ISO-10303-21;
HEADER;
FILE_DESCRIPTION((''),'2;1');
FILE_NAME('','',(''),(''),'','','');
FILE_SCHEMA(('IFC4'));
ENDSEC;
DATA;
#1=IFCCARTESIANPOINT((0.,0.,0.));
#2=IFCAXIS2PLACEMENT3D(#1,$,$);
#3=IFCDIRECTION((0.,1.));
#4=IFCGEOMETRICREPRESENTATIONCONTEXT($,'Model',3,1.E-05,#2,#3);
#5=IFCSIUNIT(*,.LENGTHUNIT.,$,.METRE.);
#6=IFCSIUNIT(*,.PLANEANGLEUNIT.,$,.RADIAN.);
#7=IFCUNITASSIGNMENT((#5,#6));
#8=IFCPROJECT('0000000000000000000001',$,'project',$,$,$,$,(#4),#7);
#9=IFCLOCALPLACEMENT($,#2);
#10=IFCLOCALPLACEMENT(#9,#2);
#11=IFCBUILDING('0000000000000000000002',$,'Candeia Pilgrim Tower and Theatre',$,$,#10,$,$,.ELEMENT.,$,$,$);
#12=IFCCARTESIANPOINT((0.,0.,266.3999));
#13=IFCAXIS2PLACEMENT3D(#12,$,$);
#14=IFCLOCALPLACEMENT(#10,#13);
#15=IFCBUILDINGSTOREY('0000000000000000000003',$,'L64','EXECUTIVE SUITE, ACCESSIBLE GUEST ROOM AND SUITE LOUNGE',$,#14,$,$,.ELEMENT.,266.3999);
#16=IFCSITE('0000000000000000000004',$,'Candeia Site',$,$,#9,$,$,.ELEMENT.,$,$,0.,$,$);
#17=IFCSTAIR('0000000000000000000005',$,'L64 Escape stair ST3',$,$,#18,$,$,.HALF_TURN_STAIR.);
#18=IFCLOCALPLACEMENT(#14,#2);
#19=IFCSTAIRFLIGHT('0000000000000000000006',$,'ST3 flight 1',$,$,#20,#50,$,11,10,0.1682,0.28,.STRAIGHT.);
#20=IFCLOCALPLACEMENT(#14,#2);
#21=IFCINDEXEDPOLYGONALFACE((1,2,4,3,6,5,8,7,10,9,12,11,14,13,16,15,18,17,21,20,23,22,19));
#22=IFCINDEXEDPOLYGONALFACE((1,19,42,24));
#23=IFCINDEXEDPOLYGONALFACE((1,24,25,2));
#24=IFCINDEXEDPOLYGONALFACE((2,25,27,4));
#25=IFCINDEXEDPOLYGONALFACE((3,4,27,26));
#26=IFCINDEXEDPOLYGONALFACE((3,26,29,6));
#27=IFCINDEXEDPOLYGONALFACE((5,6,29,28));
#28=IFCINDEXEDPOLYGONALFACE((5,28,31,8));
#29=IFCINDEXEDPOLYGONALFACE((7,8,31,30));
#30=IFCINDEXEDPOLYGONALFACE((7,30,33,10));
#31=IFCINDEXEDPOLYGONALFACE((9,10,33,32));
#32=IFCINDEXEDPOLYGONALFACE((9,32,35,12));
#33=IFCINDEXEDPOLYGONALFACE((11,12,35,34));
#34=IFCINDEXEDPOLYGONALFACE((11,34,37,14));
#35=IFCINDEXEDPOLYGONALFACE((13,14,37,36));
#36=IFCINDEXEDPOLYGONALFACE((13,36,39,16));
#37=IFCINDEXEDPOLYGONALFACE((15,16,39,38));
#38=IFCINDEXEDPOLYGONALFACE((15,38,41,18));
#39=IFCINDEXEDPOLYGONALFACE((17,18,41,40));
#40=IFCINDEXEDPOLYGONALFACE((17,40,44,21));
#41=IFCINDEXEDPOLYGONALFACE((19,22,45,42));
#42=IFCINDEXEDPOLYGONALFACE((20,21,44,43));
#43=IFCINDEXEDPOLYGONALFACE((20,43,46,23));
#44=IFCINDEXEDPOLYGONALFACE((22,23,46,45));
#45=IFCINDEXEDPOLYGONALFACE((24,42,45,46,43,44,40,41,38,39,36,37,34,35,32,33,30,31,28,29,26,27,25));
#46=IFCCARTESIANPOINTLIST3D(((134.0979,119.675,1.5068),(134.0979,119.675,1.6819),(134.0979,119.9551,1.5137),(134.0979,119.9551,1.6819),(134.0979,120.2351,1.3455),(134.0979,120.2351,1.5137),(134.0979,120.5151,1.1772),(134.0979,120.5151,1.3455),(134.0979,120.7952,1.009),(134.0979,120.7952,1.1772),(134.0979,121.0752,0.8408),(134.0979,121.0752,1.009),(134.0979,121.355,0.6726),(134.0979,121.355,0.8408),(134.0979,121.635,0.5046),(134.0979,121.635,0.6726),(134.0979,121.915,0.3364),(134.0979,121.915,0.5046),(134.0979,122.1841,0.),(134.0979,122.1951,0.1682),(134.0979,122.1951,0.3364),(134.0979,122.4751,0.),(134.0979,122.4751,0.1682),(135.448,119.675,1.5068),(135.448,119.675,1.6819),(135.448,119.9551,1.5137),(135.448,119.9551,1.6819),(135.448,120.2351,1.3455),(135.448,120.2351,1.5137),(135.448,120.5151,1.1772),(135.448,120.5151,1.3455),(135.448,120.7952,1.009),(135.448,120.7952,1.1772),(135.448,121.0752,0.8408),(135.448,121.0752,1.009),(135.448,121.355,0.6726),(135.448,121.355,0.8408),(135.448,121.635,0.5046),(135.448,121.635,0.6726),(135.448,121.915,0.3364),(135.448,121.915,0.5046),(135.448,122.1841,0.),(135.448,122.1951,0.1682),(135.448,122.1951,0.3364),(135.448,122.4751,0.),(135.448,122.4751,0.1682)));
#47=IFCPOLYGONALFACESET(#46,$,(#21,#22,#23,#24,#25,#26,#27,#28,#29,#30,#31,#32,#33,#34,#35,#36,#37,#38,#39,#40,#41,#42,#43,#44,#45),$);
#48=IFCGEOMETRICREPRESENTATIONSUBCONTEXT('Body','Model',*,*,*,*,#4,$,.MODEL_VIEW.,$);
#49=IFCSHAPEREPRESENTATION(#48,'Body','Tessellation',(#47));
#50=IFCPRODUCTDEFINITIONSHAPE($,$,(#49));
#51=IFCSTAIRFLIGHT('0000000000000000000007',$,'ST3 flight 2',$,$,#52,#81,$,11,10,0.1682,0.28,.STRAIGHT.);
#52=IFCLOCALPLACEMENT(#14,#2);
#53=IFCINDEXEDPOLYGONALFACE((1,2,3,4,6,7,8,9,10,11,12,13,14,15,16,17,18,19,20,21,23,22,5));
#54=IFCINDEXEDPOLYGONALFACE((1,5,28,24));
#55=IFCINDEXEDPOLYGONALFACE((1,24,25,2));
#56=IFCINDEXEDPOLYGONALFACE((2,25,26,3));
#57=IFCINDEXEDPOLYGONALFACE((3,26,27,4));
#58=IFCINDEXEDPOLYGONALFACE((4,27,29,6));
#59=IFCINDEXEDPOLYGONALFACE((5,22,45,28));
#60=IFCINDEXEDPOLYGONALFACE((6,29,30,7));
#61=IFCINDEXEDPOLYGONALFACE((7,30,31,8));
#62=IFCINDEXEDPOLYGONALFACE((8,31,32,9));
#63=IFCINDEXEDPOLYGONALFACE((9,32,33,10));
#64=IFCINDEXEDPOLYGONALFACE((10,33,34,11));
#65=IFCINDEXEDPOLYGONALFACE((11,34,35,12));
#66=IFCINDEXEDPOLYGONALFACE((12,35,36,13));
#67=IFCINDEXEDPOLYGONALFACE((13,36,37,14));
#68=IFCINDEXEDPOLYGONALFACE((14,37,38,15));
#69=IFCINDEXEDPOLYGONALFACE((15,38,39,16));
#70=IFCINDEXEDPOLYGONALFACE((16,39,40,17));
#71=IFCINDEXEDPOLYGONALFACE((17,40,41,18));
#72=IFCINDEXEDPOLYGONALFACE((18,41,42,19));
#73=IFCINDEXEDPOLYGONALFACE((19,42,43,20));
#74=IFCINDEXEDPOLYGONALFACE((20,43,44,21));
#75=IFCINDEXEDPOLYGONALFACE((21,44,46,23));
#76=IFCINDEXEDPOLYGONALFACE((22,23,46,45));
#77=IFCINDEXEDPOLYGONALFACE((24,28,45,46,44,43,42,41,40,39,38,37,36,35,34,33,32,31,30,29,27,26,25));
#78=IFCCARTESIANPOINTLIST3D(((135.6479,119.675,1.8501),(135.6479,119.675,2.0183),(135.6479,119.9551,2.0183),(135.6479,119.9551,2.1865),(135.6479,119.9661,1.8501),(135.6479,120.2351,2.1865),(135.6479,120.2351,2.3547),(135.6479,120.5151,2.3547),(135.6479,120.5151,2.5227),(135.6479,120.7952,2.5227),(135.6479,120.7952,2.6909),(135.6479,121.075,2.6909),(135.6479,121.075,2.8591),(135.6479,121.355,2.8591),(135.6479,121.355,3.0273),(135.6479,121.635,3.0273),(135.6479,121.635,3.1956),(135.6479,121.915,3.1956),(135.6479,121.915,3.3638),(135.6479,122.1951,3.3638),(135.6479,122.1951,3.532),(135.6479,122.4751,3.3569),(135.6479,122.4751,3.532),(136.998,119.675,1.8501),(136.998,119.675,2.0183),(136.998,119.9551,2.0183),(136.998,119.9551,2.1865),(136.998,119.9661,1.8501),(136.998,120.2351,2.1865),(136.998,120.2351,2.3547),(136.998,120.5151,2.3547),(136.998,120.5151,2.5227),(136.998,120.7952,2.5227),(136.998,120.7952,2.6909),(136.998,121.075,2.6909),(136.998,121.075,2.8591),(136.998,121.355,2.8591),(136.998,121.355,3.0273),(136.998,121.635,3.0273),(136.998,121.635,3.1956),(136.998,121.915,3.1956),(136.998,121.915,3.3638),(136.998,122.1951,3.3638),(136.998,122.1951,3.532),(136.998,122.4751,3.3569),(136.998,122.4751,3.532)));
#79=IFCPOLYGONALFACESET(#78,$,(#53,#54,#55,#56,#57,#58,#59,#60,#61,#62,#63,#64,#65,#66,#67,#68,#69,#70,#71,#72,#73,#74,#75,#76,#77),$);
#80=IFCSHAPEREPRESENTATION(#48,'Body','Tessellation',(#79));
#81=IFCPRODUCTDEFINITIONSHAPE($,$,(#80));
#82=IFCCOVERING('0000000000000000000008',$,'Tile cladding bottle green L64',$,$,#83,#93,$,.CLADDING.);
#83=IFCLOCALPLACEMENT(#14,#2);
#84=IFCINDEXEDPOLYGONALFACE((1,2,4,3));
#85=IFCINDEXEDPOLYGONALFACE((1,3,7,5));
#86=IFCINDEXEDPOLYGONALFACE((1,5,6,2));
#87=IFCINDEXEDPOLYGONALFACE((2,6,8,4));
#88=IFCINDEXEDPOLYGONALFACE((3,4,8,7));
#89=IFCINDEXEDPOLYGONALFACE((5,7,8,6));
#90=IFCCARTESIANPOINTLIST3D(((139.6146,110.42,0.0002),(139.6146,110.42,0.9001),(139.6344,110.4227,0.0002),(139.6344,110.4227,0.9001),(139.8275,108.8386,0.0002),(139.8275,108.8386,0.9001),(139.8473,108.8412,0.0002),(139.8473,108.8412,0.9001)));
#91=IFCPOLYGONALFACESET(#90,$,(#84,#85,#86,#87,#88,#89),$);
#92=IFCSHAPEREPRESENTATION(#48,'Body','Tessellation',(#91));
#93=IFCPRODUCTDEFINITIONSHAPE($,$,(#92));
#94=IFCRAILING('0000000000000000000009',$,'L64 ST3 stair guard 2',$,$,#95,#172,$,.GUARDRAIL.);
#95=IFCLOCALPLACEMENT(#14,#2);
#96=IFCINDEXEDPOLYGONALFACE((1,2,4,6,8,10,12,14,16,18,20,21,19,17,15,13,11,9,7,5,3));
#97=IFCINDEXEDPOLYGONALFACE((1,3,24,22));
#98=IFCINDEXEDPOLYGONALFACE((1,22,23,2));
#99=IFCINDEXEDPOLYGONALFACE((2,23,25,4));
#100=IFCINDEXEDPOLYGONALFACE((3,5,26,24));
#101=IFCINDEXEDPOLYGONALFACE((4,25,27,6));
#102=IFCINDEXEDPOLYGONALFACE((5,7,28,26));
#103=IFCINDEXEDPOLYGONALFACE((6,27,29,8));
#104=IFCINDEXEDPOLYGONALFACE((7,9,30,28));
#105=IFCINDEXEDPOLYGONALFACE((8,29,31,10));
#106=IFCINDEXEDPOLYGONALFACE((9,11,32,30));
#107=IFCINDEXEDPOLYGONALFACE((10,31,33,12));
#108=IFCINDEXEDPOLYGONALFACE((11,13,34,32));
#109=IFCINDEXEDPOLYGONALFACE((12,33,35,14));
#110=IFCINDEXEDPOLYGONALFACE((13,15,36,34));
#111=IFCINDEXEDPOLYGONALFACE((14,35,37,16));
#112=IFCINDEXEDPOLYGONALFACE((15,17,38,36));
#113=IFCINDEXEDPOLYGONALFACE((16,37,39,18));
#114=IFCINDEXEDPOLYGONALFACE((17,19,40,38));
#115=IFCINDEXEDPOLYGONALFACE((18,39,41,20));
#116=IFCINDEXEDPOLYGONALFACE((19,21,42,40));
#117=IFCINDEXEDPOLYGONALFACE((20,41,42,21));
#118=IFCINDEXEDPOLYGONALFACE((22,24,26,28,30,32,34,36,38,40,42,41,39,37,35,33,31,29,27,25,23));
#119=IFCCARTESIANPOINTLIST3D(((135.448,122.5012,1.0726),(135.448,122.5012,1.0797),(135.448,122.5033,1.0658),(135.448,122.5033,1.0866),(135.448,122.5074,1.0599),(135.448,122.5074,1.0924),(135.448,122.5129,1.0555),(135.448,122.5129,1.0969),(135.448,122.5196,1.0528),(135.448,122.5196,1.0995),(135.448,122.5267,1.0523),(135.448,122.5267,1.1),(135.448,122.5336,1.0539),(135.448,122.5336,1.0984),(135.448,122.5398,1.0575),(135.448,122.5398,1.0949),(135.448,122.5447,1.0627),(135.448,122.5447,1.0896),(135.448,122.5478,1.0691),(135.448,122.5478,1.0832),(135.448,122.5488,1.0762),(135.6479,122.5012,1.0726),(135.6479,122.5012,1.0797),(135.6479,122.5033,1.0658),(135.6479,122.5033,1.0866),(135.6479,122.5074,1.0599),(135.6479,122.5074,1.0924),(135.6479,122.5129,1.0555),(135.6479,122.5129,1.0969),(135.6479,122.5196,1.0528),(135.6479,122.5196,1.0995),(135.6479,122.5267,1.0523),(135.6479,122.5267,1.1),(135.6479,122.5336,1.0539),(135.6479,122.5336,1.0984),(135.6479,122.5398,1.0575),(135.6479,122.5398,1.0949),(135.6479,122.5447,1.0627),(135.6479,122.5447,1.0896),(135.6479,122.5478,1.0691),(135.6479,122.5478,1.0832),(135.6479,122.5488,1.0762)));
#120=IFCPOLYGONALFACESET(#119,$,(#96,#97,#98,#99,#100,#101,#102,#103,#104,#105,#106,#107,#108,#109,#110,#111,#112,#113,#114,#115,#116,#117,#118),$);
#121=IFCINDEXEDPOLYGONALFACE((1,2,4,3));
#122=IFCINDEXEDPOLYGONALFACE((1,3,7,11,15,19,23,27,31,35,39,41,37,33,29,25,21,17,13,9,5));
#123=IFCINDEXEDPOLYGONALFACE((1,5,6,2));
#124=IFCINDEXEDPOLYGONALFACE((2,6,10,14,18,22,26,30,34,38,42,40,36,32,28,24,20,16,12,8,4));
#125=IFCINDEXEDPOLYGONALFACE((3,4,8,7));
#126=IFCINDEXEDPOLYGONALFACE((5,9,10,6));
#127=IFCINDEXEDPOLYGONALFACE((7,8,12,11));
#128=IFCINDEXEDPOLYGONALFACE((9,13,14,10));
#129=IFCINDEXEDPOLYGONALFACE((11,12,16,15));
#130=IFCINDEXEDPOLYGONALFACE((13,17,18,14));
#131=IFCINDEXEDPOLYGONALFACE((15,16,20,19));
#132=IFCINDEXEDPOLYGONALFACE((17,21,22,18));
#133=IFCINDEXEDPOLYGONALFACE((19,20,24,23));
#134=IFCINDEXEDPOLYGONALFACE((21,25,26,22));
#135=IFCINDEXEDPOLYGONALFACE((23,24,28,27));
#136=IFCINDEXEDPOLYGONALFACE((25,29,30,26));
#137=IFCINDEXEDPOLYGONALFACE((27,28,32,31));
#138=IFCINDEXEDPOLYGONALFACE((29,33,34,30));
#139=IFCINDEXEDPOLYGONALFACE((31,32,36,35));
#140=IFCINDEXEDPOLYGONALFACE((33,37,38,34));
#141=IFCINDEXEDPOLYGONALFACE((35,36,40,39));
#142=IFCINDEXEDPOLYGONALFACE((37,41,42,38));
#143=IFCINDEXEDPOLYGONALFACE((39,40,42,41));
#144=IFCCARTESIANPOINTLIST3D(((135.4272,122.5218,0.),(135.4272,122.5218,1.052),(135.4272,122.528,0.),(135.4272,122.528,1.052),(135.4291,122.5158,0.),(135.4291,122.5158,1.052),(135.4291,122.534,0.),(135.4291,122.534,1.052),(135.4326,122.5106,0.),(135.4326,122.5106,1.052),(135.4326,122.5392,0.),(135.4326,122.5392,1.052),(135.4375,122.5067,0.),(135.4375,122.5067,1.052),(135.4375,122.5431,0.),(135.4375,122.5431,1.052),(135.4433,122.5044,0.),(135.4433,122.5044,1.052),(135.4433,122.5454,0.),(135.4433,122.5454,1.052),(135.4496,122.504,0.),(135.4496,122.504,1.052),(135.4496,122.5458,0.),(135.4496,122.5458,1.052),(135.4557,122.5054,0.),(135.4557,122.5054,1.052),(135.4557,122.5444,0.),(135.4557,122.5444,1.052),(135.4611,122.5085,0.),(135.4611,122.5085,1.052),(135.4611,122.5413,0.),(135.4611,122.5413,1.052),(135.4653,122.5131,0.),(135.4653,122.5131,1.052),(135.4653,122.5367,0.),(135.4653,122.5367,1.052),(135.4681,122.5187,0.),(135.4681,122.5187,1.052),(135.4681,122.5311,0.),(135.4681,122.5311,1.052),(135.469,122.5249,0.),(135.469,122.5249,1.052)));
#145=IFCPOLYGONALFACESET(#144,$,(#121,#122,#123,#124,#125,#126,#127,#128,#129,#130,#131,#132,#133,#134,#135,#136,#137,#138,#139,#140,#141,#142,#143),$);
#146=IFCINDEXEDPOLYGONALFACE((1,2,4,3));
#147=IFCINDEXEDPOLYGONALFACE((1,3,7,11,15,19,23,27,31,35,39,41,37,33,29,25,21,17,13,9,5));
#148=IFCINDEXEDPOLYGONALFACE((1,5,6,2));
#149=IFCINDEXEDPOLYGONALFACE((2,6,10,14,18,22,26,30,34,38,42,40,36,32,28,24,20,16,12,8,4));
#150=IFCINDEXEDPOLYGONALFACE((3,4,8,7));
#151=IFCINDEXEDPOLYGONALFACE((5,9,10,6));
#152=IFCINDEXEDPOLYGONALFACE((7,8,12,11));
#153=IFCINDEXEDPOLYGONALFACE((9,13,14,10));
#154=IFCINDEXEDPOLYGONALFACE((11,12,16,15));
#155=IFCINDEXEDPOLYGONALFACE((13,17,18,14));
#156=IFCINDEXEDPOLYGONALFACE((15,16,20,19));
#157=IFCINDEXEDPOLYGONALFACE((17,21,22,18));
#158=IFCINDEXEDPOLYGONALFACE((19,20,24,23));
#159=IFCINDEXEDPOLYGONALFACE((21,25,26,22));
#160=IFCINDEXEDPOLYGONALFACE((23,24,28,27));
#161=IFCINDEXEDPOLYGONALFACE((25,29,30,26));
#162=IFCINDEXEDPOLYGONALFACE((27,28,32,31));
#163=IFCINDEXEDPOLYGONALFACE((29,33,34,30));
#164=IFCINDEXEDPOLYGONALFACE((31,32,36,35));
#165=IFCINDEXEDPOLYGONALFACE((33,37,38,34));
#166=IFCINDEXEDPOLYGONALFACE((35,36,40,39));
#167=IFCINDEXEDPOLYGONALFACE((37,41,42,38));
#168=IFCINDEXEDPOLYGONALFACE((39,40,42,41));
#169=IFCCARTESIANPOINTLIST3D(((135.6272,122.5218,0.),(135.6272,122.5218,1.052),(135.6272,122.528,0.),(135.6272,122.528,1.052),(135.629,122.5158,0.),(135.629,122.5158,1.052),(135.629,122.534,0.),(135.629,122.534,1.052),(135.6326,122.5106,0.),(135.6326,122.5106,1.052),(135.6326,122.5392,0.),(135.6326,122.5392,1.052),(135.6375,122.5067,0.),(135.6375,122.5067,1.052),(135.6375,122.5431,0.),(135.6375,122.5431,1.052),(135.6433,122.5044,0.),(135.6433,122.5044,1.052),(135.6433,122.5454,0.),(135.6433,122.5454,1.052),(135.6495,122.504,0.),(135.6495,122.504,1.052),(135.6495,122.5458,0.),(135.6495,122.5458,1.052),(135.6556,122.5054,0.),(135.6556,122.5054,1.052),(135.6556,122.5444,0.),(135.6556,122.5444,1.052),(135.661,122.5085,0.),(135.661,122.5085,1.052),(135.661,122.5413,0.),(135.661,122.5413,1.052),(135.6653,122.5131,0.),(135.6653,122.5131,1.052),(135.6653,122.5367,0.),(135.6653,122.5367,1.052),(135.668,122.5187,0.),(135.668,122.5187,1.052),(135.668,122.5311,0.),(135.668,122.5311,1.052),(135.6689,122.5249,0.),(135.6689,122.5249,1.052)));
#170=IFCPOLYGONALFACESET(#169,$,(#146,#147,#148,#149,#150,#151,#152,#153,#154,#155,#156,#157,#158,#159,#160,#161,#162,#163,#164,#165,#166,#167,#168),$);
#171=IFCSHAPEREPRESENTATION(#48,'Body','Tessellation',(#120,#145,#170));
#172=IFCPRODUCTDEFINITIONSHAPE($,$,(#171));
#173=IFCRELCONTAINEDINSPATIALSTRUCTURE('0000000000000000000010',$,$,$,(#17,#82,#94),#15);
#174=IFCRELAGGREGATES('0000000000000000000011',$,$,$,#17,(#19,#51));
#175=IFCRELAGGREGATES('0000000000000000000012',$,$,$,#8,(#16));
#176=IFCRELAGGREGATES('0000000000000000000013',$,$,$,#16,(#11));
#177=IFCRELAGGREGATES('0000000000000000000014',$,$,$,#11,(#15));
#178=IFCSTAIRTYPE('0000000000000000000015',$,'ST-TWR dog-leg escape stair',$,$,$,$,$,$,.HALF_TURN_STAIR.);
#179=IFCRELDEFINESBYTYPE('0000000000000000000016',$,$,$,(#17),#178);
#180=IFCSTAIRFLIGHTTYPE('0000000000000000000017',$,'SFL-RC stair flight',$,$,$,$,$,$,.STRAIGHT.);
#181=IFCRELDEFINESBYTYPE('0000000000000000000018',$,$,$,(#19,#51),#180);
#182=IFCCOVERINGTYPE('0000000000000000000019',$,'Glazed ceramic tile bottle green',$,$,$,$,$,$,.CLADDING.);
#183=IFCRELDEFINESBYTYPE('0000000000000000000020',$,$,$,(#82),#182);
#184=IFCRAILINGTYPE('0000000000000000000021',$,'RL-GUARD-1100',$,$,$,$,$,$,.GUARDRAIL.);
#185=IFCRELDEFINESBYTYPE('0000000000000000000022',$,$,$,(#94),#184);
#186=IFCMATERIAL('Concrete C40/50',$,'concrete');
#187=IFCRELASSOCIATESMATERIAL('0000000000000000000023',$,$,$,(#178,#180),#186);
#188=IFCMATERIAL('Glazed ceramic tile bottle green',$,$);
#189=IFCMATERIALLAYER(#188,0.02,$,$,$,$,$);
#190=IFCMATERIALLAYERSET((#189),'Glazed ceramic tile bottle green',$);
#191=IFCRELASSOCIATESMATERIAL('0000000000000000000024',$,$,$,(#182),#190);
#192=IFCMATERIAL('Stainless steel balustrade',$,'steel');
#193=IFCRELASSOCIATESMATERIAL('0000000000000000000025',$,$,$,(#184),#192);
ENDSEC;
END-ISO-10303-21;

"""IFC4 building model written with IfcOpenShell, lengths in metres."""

from ifc_helpers import new_model, si_unit, direction, frame, origin, origin_2d, place, context, subcontext, project, spatial, polyline, rectangle, circle, outline, extrude, material, layer, layer_set, type_object, element, aggregate, save


model = new_model("IFC4")

# Units and contexts
model_context = context("Model", 3, precision=1e-05, world=origin(), true_north=direction((0.0, 1.0)))
body_context = subcontext(model_context, "Body", "Model", "MODEL_VIEW")
ifc_project = project(units=[si_unit("LENGTHUNIT", "METRE"), si_unit("PLANEANGLEUNIT", "RADIAN")], contexts=[model_context])

# Site, building, storey
site_placement = place(None, origin())
site = spatial("IfcSite", under=ifc_project, at=site_placement, Name="Candeia Site", CompositionType="ELEMENT", RefElevation=0.0)
building_placement = place(site_placement, origin())
building = spatial("IfcBuilding", under=site, at=building_placement, Name="Candeia Pilgrim Tower and Theatre", CompositionType="ELEMENT")
storey_placement = place(building_placement, frame((0.0, 0.0, 266.3999)))
storey = spatial("IfcBuildingStorey", under=building, at=storey_placement, Name="L64", Description="EXECUTIVE SUITE, ACCESSIBLE GUEST ROOM AND SUITE LOUNGE", CompositionType="ELEMENT", Elevation=266.3999)

# Shared definitions
ifc_material_1 = material(Name="Concrete C40/50", Category="concrete")

# Stair, stair flights
stair_type = type_object("IfcStairType", Name="ST-TWR dog-leg escape stair", PredefinedType="HALF_TURN_STAIR", material=ifc_material_1)
stair_placement = place(storey_placement, origin())
stair = element("IfcStair", 1, at=stair_placement, inside=storey, type_object=stair_type, Name="L64 Escape stair ST3", PredefinedType="HALF_TURN_STAIR")
stair_flight_type = type_object("IfcStairFlightType", Name="SFL-RC stair flight", PredefinedType="STRAIGHT", material=ifc_material_1)
stair_flight_1_placement = place(storey_placement, frame((134.7729, 122.4751, 0.0), z_axis=(0.0, 0.0, 1.0), x_axis=(0.0, -1.0, 0.0)))
stair_flight_1 = element("IfcStairFlight", 2, at=stair_flight_1_placement, type_object=stair_flight_type, Name="ST3 flight 1", NumberOfRisers=11, NumberOfTreads=10, PredefinedType="STRAIGHT", RiserHeight=0.1682, TreadLength=0.28, context=body_context, shape_type="SweptSolid", body=[
    extrude(outline(polyline([(0.0, 0.0), (0.0, 0.1682), (0.28, 0.1682), (0.28, 0.3364), (0.5601, 0.3364), (0.5601, 0.5046), (0.8401, 0.5046), (0.8401, 0.6726), (1.1201, 0.6726), (1.1201, 0.8408), (1.3999, 0.8408), (1.3999, 1.009), (1.6799, 1.009), (1.6799, 1.1772), (1.96, 1.1772), (1.96, 1.3455), (2.24, 1.3455), (2.24, 1.5137), (2.52, 1.5137), (2.52, 1.6819), (2.8, 1.6819), (2.8, 1.8501), (2.8, 1.5068), (0.291, 0.0), (0.0, 0.0)])), frame((0.0, 0.675, 0.0), z_axis=(0.0, -1.0, 0.0), x_axis=(1.0, 0.0, 0.0)), (0.0, 0.0, 1.0), 1.3501),
])
stair_flight_2_placement = place(storey_placement, frame((136.323, 119.675, 1.8501), z_axis=(0.0, 0.0, 1.0), x_axis=(0.0, 1.0, 0.0)))
stair_flight_2 = element("IfcStairFlight", 3, at=stair_flight_2_placement, type_object=stair_flight_type, Name="ST3 flight 2", NumberOfRisers=11, NumberOfTreads=10, PredefinedType="STRAIGHT", RiserHeight=0.1682, TreadLength=0.28, context=body_context, shape_type="SweptSolid", body=[
    extrude(outline(polyline([(0.0, 0.0), (0.0, 0.1682), (0.28, 0.1682), (0.28, 0.3364), (0.5601, 0.3364), (0.5601, 0.5046), (0.8401, 0.5046), (0.8401, 0.6726), (1.1201, 0.6726), (1.1201, 0.8408), (1.3999, 0.8408), (1.3999, 1.009), (1.6799, 1.009), (1.6799, 1.1772), (1.96, 1.1772), (1.96, 1.3455), (2.24, 1.3455), (2.24, 1.5137), (2.52, 1.5137), (2.52, 1.6819), (2.8, 1.6819), (2.8, 1.8501), (2.8, 1.5068), (0.291, 0.0), (0.0, 0.0)])), frame((0.0, 0.675, 0.0), z_axis=(0.0, -1.0, 0.0), x_axis=(1.0, 0.0, 0.0)), (0.0, 0.0, 1.0), 1.3501),
])
aggregate(stair, [stair_flight_1, stair_flight_2])

# Shared definitions
ifc_material_2 = material(Name="Stainless steel balustrade", Category="steel")

# Covering
ifc_material_3 = material(Name="Glazed ceramic tile bottle green")
ifc_layer_1 = layer(ifc_material_3, 0.02)
ifc_layer_set_1 = layer_set([ifc_layer_1], Name="Glazed ceramic tile bottle green")
covering_type = type_object("IfcCoveringType", Name="Glazed ceramic tile bottle green", PredefinedType="CLADDING", material=ifc_layer_set_1)
covering_placement = place(storey_placement, frame((139.731, 109.6306, 0.0002), z_axis=(0.0, 0.0, 1.0), x_axis=(-0.133412, 0.991061, 0.0)))
element("IfcCovering", 4, at=covering_placement, inside=storey, type_object=covering_type, Name="Tile cladding bottle green L64", PredefinedType="CLADDING", context=body_context, shape_type="SweptSolid", body=[
    extrude(rectangle(XDim=1.5957, YDim=0.02, at=origin_2d()), origin(), (0.0, 0.0, 1.0), 0.8999),
])

# Railing
railing_type_1 = type_object("IfcRailingType", Name="RL-GUARD-1100", PredefinedType="GUARDRAIL", material=ifc_material_2)
railing_1_placement = place(storey_placement, frame((135.448, 122.5249, 0.0)))
element("IfcRailing", 5, at=railing_1_placement, inside=storey, type_object=railing_type_1, Name="L64 ST3 stair guard 2", PredefinedType="GUARDRAIL", context=body_context, shape_type="SweptSolid", body=[
    extrude(circle(Radius=0.0239, at=origin_2d()), frame((0.0, 0.0, 1.0762), z_axis=(1.0, 0.0, 0.0), x_axis=(0.0, 1.0, 0.0)), (0.0, 0.0, 1.0), 0.2),
    extrude(circle(Radius=0.021, at=origin_2d()), origin(), (0.0, 0.0, 1.0), 1.052),
    extrude(circle(Radius=0.021, at=origin_2d()), frame((0.2, 0.0, 0.0)), (0.0, 0.0, 1.0), 1.052),
])

save(model, "model.ifc")
